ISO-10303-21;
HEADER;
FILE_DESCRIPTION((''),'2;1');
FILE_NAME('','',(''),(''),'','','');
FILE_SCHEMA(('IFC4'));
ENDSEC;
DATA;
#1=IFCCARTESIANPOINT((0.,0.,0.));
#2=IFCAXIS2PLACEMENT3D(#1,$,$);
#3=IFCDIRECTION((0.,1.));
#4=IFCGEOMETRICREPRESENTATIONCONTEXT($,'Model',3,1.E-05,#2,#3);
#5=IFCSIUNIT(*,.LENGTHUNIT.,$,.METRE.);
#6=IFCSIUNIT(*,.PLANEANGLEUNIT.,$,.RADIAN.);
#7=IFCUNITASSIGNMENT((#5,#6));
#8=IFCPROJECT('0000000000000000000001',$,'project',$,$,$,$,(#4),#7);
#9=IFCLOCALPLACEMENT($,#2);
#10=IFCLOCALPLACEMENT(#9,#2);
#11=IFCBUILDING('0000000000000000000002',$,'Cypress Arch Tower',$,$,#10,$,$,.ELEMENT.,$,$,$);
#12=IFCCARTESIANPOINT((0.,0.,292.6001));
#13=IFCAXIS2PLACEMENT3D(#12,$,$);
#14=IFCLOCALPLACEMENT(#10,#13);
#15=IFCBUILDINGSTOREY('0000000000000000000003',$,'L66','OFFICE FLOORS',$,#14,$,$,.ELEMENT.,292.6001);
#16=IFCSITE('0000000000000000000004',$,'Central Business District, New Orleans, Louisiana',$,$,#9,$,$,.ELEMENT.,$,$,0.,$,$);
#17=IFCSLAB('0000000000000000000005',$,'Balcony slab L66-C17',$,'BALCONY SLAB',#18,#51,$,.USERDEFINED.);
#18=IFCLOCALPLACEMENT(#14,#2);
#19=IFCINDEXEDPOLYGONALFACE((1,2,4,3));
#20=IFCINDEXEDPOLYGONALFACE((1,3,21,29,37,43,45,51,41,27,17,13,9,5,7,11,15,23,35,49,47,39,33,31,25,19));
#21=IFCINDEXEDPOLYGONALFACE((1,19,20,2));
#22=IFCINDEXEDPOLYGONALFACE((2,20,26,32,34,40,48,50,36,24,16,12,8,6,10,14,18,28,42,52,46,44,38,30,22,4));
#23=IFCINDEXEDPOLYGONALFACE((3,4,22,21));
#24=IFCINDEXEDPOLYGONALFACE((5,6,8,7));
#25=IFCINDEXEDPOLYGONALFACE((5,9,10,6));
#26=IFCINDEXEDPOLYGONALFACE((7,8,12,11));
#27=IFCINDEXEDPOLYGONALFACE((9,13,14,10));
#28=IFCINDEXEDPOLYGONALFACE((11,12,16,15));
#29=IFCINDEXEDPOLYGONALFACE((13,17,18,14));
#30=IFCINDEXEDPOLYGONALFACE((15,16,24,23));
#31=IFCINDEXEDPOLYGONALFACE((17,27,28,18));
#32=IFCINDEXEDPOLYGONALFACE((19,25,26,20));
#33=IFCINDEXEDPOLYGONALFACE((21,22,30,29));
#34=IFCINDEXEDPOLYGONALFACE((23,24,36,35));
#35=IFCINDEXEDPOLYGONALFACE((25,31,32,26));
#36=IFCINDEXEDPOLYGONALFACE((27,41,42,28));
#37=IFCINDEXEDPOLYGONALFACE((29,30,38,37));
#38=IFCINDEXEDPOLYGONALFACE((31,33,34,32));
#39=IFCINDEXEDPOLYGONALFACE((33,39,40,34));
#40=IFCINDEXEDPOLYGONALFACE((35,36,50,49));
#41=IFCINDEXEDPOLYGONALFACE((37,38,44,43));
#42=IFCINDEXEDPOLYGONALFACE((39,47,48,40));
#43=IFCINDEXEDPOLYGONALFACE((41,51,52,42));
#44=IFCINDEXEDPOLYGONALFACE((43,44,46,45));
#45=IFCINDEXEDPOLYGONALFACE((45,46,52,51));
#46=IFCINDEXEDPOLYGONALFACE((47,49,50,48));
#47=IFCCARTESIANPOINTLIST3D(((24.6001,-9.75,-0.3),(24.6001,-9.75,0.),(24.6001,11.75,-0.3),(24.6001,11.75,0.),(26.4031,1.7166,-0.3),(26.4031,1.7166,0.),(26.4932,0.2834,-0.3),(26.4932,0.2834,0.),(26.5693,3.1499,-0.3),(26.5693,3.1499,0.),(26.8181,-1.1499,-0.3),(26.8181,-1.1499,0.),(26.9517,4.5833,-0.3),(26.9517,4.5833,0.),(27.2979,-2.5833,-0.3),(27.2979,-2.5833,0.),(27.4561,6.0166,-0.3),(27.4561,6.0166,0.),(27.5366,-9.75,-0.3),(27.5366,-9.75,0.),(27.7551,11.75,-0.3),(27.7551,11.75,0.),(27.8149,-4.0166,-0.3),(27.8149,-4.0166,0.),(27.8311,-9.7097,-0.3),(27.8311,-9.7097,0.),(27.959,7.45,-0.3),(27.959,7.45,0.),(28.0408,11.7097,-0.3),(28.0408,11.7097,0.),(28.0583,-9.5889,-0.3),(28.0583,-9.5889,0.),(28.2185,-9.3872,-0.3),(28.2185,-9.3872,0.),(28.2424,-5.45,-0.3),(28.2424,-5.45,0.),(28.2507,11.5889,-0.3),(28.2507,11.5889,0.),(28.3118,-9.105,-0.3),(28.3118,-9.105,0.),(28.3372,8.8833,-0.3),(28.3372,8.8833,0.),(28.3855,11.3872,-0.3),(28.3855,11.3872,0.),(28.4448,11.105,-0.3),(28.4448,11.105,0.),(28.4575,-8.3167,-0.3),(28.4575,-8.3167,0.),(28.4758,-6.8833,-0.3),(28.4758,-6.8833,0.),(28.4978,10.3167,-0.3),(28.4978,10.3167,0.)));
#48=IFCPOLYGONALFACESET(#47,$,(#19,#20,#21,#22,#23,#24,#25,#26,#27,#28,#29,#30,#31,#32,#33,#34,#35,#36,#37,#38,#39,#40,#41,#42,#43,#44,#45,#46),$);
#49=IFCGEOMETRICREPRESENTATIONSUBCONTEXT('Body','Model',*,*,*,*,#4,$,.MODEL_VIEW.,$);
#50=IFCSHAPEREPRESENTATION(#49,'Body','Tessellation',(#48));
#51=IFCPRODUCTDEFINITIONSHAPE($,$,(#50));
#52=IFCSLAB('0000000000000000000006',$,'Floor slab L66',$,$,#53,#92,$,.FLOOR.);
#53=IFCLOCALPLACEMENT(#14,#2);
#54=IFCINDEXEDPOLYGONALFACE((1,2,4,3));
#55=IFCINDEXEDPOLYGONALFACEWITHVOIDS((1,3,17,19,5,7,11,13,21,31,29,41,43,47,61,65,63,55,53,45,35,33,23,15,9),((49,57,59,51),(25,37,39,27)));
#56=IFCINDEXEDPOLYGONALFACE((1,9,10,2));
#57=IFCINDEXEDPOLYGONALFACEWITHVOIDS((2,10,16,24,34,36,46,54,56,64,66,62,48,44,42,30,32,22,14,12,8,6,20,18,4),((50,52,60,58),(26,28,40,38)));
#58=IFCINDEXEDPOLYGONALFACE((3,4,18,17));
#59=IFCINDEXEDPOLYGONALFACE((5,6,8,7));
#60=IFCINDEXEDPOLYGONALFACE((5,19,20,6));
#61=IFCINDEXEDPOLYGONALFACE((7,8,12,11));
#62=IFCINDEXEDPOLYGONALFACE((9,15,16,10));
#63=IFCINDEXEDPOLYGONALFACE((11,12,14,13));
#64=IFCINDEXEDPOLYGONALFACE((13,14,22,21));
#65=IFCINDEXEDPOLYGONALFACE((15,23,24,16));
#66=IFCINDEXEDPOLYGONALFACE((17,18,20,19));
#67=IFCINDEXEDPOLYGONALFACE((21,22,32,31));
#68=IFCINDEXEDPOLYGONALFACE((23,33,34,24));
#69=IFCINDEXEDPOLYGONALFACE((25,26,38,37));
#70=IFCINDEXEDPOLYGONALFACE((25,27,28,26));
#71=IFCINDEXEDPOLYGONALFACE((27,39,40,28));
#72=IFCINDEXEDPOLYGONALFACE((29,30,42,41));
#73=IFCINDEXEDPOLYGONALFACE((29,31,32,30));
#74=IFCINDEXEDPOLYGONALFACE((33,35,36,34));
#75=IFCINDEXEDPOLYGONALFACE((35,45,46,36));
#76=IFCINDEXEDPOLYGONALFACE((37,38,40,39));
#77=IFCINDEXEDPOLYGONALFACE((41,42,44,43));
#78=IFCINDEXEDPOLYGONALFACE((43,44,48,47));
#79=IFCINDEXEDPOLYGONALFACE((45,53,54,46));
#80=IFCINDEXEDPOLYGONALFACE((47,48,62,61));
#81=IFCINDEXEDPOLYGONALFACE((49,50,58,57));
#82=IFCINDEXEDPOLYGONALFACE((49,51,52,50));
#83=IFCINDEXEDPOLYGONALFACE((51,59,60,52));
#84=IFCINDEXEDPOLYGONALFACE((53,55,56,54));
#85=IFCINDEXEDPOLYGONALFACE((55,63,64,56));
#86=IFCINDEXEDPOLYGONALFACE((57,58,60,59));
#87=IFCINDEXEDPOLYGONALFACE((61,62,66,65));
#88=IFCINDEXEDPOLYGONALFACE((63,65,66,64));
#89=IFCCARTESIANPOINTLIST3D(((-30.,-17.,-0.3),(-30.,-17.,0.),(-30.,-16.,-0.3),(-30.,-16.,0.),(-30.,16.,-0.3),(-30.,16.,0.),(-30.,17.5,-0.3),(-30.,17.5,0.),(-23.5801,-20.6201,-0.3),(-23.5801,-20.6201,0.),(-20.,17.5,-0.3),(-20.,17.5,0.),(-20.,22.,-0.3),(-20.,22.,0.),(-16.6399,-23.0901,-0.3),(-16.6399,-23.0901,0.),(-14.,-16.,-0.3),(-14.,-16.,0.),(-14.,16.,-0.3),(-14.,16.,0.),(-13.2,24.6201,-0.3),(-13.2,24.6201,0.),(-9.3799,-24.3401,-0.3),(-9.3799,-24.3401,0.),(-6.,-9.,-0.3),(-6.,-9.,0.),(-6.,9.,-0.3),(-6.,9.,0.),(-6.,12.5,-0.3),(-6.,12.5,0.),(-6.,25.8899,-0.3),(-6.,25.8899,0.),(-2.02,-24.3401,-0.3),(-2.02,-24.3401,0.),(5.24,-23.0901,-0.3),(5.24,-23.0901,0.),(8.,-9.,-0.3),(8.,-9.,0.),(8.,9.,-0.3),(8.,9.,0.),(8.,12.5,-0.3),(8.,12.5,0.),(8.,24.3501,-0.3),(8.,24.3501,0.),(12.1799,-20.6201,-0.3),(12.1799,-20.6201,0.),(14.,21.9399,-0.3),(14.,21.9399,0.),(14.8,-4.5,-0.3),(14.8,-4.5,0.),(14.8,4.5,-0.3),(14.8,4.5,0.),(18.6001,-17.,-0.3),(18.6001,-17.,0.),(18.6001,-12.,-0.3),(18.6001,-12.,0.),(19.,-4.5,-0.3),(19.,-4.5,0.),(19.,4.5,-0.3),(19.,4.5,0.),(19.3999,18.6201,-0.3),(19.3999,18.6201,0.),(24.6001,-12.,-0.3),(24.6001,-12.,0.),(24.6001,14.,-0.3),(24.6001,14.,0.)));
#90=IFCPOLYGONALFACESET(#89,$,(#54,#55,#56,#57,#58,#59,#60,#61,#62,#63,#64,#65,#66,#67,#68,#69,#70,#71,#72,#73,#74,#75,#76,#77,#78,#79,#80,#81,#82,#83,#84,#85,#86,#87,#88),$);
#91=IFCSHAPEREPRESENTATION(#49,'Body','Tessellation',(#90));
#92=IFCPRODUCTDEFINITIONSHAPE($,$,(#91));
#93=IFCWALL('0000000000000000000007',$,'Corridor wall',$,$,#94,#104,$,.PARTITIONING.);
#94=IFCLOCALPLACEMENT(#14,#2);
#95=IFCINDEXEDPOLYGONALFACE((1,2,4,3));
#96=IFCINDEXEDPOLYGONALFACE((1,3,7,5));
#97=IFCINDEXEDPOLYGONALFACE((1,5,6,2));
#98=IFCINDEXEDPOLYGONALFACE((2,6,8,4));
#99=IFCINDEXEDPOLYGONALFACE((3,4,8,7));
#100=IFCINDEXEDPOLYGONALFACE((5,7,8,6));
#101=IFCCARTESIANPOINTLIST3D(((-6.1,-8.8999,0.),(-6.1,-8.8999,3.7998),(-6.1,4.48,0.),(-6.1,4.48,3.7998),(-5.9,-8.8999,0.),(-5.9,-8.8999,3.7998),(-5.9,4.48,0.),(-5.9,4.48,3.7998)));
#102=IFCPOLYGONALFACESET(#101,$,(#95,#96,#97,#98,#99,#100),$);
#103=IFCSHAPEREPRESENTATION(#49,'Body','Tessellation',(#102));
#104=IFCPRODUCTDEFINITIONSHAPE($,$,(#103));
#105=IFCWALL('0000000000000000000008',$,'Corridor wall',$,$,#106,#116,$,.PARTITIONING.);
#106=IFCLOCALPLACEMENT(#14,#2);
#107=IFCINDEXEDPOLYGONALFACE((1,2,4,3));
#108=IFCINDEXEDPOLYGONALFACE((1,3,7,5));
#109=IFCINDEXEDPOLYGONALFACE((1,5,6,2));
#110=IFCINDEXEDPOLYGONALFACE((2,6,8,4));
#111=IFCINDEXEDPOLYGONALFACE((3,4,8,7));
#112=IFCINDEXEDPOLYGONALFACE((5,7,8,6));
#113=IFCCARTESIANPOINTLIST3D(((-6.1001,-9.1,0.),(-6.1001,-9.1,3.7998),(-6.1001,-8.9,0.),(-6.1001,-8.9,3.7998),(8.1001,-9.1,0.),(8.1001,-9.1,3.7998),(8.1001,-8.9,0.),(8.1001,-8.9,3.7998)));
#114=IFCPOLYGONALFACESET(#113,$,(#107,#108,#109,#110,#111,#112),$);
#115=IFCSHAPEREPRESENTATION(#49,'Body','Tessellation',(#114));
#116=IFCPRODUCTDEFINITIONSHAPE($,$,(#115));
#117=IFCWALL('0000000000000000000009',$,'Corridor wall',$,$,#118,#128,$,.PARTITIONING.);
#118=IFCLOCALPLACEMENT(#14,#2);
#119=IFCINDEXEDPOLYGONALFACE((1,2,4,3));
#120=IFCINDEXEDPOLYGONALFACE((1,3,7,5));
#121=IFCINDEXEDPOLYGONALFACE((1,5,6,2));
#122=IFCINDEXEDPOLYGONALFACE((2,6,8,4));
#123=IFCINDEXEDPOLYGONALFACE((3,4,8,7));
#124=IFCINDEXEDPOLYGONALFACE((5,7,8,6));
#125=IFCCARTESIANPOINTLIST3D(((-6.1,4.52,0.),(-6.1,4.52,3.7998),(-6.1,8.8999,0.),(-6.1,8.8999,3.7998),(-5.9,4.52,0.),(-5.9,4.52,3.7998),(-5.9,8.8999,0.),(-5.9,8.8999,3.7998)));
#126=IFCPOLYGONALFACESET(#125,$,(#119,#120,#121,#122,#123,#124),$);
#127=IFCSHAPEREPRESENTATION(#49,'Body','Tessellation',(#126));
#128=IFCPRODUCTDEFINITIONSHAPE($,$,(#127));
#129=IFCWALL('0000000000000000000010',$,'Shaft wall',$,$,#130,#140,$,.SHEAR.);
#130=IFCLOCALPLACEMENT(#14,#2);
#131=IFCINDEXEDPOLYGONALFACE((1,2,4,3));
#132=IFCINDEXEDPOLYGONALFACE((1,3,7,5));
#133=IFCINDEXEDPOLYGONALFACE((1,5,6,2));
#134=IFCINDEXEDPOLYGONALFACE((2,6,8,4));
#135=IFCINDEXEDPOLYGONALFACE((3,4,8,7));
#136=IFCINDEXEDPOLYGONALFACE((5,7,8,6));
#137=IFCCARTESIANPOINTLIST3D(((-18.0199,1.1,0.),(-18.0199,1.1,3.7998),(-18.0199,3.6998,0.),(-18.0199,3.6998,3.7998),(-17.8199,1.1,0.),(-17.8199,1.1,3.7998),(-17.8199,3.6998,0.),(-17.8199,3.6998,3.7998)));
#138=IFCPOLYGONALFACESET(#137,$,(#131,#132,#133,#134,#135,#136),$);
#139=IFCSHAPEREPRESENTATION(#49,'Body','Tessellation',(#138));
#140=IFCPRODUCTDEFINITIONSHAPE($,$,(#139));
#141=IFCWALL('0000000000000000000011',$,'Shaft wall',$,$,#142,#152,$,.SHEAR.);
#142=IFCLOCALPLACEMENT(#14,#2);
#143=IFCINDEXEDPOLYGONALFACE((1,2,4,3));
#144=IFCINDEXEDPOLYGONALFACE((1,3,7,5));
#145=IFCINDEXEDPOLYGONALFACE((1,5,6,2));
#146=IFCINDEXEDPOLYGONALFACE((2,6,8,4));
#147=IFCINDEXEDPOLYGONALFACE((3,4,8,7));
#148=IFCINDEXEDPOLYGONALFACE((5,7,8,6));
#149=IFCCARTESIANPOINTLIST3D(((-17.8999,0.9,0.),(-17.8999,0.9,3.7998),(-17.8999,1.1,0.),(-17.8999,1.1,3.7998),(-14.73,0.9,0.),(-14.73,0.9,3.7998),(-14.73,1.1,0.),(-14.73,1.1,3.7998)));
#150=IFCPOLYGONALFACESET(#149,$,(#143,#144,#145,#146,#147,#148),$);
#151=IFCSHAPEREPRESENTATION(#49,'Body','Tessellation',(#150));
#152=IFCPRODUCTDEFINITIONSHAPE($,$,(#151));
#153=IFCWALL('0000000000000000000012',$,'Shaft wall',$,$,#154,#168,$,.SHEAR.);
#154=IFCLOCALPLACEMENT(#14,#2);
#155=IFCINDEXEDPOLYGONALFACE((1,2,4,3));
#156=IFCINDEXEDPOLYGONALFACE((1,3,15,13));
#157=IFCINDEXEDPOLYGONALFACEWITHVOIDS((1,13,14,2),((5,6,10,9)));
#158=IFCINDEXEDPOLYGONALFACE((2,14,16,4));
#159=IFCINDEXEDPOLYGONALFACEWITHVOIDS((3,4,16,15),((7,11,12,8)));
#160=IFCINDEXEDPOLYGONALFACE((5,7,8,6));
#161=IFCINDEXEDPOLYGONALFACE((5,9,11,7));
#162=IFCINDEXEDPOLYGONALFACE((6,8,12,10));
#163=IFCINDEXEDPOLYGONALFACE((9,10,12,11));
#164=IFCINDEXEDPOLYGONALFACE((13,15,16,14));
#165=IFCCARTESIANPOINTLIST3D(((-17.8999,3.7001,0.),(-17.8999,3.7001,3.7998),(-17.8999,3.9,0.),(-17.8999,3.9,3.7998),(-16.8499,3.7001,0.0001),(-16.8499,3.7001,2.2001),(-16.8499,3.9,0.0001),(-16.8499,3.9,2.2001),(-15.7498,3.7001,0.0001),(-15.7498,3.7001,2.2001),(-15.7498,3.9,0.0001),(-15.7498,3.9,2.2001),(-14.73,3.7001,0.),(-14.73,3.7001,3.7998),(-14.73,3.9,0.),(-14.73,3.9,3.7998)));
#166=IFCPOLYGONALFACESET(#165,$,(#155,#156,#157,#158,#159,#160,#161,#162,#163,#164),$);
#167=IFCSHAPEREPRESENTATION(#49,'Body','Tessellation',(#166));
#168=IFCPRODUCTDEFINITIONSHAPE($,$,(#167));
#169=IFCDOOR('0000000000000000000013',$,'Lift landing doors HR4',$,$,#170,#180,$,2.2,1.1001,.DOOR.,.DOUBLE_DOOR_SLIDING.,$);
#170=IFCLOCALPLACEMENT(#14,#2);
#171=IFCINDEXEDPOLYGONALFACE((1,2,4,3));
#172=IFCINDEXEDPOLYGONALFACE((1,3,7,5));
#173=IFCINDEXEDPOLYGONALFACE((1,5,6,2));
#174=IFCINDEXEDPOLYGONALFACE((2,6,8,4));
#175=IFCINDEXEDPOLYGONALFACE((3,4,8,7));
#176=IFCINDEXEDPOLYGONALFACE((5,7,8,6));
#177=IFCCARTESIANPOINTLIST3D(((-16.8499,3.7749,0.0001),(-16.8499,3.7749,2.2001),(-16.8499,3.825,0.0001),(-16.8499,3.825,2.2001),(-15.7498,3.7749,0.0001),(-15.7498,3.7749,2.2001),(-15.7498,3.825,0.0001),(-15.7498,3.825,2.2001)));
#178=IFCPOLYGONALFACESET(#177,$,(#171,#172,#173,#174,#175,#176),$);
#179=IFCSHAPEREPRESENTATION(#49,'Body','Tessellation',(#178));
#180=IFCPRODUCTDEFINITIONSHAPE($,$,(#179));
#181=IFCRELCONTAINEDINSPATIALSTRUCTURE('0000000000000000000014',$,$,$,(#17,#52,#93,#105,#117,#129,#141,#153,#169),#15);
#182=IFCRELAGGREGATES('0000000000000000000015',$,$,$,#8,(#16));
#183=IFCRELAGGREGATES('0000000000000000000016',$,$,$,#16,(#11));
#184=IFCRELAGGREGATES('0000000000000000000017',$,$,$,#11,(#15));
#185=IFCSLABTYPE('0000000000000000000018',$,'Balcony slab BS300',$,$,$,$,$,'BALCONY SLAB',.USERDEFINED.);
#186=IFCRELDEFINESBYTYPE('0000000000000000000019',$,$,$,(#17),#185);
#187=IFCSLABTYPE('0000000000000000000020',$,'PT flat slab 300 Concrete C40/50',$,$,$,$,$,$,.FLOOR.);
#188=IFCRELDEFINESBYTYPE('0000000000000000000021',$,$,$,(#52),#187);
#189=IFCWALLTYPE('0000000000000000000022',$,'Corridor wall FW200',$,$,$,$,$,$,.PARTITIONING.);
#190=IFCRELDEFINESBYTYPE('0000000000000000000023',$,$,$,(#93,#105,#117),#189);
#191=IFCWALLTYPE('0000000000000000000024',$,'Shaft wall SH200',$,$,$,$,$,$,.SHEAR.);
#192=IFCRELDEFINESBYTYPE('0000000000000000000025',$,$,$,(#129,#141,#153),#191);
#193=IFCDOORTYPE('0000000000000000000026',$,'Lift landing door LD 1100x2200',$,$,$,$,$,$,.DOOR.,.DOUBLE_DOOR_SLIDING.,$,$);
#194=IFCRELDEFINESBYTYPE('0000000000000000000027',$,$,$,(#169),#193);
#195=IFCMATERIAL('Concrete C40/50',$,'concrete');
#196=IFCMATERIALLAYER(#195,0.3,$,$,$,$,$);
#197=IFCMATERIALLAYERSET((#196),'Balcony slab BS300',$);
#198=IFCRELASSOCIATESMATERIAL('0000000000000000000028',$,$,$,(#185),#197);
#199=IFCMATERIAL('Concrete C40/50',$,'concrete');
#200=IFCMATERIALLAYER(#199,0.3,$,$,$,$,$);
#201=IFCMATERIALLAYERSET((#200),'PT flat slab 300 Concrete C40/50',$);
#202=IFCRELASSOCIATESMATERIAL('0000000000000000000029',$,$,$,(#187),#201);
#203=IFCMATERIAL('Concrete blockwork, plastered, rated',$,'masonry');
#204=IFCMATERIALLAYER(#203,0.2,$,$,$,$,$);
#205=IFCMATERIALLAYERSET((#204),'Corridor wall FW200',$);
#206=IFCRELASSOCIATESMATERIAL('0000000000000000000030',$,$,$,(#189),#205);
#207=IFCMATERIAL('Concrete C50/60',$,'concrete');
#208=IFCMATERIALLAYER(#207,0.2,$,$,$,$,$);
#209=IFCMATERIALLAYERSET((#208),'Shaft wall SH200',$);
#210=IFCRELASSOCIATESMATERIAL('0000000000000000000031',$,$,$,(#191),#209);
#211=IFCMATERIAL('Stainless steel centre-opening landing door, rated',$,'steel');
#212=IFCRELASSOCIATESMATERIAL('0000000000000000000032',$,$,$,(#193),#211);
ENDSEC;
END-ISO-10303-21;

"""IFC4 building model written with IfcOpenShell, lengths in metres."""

from ifc_helpers import new_model, si_unit, direction, frame, frame_2d, origin, place, context, subcontext, project, spatial, polyline, rectangle, outline, extrude, material, layer, layer_set, type_object, element, fill, save


model = new_model("IFC4")

# Units and contexts
model_context = context("Model", 3, precision=1e-05, world=origin(), true_north=direction((0.0, 1.0)))
body_context = subcontext(model_context, "Body", "Model", "MODEL_VIEW")
ifc_project = project(units=[si_unit("LENGTHUNIT", "METRE"), si_unit("PLANEANGLEUNIT", "RADIAN")], contexts=[model_context])

# Site, building, storey
site_placement = place(None, origin())
site = spatial("IfcSite", under=ifc_project, at=site_placement, Name="Central Business District, New Orleans, Louisiana", CompositionType="ELEMENT", RefElevation=0.0)
building_placement = place(site_placement, origin())
building = spatial("IfcBuilding", under=site, at=building_placement, Name="Cypress Arch Tower", CompositionType="ELEMENT")
storey_placement = place(building_placement, frame((0.0, 0.0, 292.6001)))
storey = spatial("IfcBuildingStorey", under=building, at=storey_placement, Name="L66", Description="OFFICE FLOORS", CompositionType="ELEMENT", Elevation=292.6001)

# Slabs
ifc_material_1 = material(Name="Concrete C40/50", Category="concrete")
ifc_layer_1 = layer(ifc_material_1, 0.3)
ifc_layer_set_1 = layer_set([ifc_layer_1], Name="Balcony slab BS300")
slab_type_1 = type_object("IfcSlabType", Name="Balcony slab BS300", ElementType="BALCONY SLAB", PredefinedType="USERDEFINED", material=ifc_layer_set_1)
slab_1_placement = place(storey_placement, frame((0.0, 0.0, -0.3)))
element("IfcSlab", 1, at=slab_1_placement, inside=storey, type_object=slab_type_1, Name="Balcony slab L66-C17", ObjectType="BALCONY SLAB", PredefinedType="USERDEFINED", context=body_context, shape_type="SweptSolid", body=[
    extrude(outline(polyline([(24.6001, -9.75), (27.5366, -9.75), (27.8311, -9.7097), (28.0583, -9.5889), (28.2185, -9.3872), (28.3118, -9.105), (28.4575, -8.3167), (28.4758, -6.8833), (28.2424, -5.45), (27.8149, -4.0166), (27.2979, -2.5833), (26.8181, -1.1499), (26.4932, 0.2834), (26.4031, 1.7166), (26.5693, 3.1499), (26.9517, 4.5833), (27.4561, 6.0166), (27.959, 7.45), (28.3372, 8.8833), (28.4978, 10.3167), (28.4448, 11.105), (28.3855, 11.3872), (28.2507, 11.5889), (28.0408, 11.7097), (27.7551, 11.75), (24.6001, 11.75), (24.6001, -9.75)])), origin(), (0.0, 0.0, 1.0), 0.3),
])
ifc_material_2 = material(Name="Concrete C40/50", Category="concrete")
ifc_layer_2 = layer(ifc_material_2, 0.3)
ifc_layer_set_2 = layer_set([ifc_layer_2], Name="PT flat slab 300 Concrete C40/50")
slab_type_2 = type_object("IfcSlabType", Name="PT flat slab 300 Concrete C40/50", PredefinedType="FLOOR", material=ifc_layer_set_2)
slab_2_placement = place(storey_placement, frame((0.0, 0.0, -0.3)))
element("IfcSlab", 2, at=slab_2_placement, inside=storey, type_object=slab_type_2, Name="Floor slab L66", PredefinedType="FLOOR", context=body_context, shape_type="SweptSolid", body=[
    extrude(outline(polyline([(-30.0, 17.5), (-20.0, 17.5), (-20.0, 22.0), (-13.2, 24.6201), (-6.0, 25.8899), (-6.0, 12.5), (8.0, 12.5), (8.0, 24.3501), (14.0, 21.9399), (19.3999, 18.6201), (24.6001, 14.0), (24.6001, -12.0), (18.6001, -12.0), (18.6001, -17.0), (12.1799, -20.6201), (5.24, -23.0901), (-2.02, -24.3401), (-9.3799, -24.3401), (-16.6399, -23.0901), (-23.5801, -20.6201), (-30.0, -17.0), (-30.0, -16.0), (-14.0, -16.0), (-14.0, 16.0), (-30.0, 16.0), (-30.0, 17.5)]), holes=[polyline([(-6.0, -9.0), (8.0, -9.0), (8.0, 9.0), (-6.0, 9.0), (-6.0, -9.0)]), polyline([(14.8, -4.5), (19.0, -4.5), (19.0, 4.5), (14.8, 4.5), (14.8, -4.5)])]), origin(), (0.0, 0.0, 1.0), 0.3),
])

# Walls
ifc_material_3 = material(Name="Concrete blockwork, plastered, rated", Category="masonry")
ifc_layer_3 = layer(ifc_material_3, 0.2)
ifc_layer_set_3 = layer_set([ifc_layer_3], Name="Corridor wall FW200")
wall_type_1 = type_object("IfcWallType", Name="Corridor wall FW200", PredefinedType="PARTITIONING", material=ifc_layer_set_3)
wall_1_placement = place(storey_placement, frame((-6.0, -8.8999, 0.0), z_axis=(0.0, 0.0, 1.0), x_axis=(0.0, 1.0, 0.0)))
element("IfcWall", 3, at=wall_1_placement, inside=storey, type_object=wall_type_1, Name="Corridor wall", PredefinedType="PARTITIONING", context=body_context, shape_type="SweptSolid", body=[
    extrude(rectangle(XDim=13.3799, YDim=0.2, at=frame_2d((6.6899, 0.0))), origin(), (0.0, 0.0, 1.0), 3.7998),
])
wall_2_placement = place(storey_placement, frame((-6.1001, -9.0, 0.0), z_axis=(0.0, 0.0, 1.0), x_axis=(1.0, 0.0, 0.0)))
element("IfcWall", 4, at=wall_2_placement, inside=storey, type_object=wall_type_1, Name="Corridor wall", PredefinedType="PARTITIONING", context=body_context, shape_type="SweptSolid", body=[
    extrude(rectangle(XDim=14.2002, YDim=0.2, at=frame_2d((7.1001, 0.0))), origin(), (0.0, 0.0, 1.0), 3.7998),
])
wall_3_placement = place(storey_placement, frame((-6.0, 4.52, 0.0), z_axis=(0.0, 0.0, 1.0), x_axis=(0.0, 1.0, 0.0)))
element("IfcWall", 5, at=wall_3_placement, inside=storey, type_object=wall_type_1, Name="Corridor wall", PredefinedType="PARTITIONING", context=body_context, shape_type="SweptSolid", body=[
    extrude(rectangle(XDim=4.3799, YDim=0.2, at=frame_2d((2.1899, 0.0))), origin(), (0.0, 0.0, 1.0), 3.7998),
])
ifc_material_4 = material(Name="Concrete C50/60", Category="concrete")
ifc_layer_4 = layer(ifc_material_4, 0.2)
ifc_layer_set_4 = layer_set([ifc_layer_4], Name="Shaft wall SH200")
wall_type_2 = type_object("IfcWallType", Name="Shaft wall SH200", PredefinedType="SHEAR", material=ifc_layer_set_4)
wall_4_placement = place(storey_placement, frame((-17.9199, 1.1001, 0.0), z_axis=(0.0, 0.0, 1.0), x_axis=(0.0, 1.0, 0.0)))
element("IfcWall", 6, at=wall_4_placement, inside=storey, type_object=wall_type_2, Name="Shaft wall", PredefinedType="SHEAR", context=body_context, shape_type="SweptSolid", body=[
    extrude(rectangle(XDim=2.5999, YDim=0.2, at=frame_2d((1.2998, 0.0))), origin(), (0.0, 0.0, 1.0), 3.7998),
])
wall_5_placement = place(storey_placement, frame((-17.8999, 1.0, 0.0), z_axis=(0.0, 0.0, 1.0), x_axis=(1.0, 0.0, 0.0)))
element("IfcWall", 7, at=wall_5_placement, inside=storey, type_object=wall_type_2, Name="Shaft wall", PredefinedType="SHEAR", context=body_context, shape_type="SweptSolid", body=[
    extrude(rectangle(XDim=3.1699, YDim=0.2, at=frame_2d((1.585, 0.0))), origin(), (0.0, 0.0, 1.0), 3.7998),
])

# Wall, opening, door
wall_6_placement = place(storey_placement, frame((-17.8999, 3.8, 0.0), z_axis=(0.0, 0.0, 1.0), x_axis=(1.0, 0.0, 0.0)))
wall_6 = element("IfcWall", 8, at=wall_6_placement, inside=storey, type_object=wall_type_2, Name="Shaft wall", PredefinedType="SHEAR", context=body_context, shape_type="SweptSolid", body=[
    extrude(rectangle(XDim=3.1699, YDim=0.2, at=frame_2d((1.585, 0.0))), origin(), (0.0, 0.0, 1.0), 3.7998),
])
opening_placement = place(wall_6_placement, frame((1.05, 0.0, 0.0)))
opening = element("IfcOpeningElement", 9, at=opening_placement, cuts=wall_6, PredefinedType="OPENING", context=body_context, shape_type="SweptSolid", body=[
    extrude(rectangle(XDim=1.1001, YDim=2.2, at=frame_2d((0.55, 1.1001))), frame((0.0, 0.1099, 0.0), z_axis=(0.0, -1.0, 0.0), x_axis=(1.0, 0.0, 0.0)), (0.0, 0.0, 1.0), 0.22),
])
ifc_material_5 = material(Name="Stainless steel centre-opening landing door, rated", Category="steel")
door_type = type_object("IfcDoorType", Name="Lift landing door LD 1100x2200", OperationType="DOUBLE_DOOR_SLIDING", PredefinedType="DOOR", material=ifc_material_5)
door_placement = place(opening_placement, origin())
door = element("IfcDoor", 10, at=door_placement, inside=storey, type_object=door_type, Name="Lift landing doors HR4", OperationType="DOUBLE_DOOR_SLIDING", OverallHeight=2.2, OverallWidth=1.1001, PredefinedType="DOOR", context=body_context, shape_type="SweptSolid", body=[
    extrude(rectangle(XDim=1.1001, YDim=2.2, at=frame_2d((0.55, 1.1001))), frame((0.0, 0.0249, 0.0), z_axis=(0.0, -1.0, 0.0), x_axis=(1.0, 0.0, 0.0)), (0.0, 0.0, 1.0), 0.05),
])
fill(opening, door)

save(model, "model.ifc")
